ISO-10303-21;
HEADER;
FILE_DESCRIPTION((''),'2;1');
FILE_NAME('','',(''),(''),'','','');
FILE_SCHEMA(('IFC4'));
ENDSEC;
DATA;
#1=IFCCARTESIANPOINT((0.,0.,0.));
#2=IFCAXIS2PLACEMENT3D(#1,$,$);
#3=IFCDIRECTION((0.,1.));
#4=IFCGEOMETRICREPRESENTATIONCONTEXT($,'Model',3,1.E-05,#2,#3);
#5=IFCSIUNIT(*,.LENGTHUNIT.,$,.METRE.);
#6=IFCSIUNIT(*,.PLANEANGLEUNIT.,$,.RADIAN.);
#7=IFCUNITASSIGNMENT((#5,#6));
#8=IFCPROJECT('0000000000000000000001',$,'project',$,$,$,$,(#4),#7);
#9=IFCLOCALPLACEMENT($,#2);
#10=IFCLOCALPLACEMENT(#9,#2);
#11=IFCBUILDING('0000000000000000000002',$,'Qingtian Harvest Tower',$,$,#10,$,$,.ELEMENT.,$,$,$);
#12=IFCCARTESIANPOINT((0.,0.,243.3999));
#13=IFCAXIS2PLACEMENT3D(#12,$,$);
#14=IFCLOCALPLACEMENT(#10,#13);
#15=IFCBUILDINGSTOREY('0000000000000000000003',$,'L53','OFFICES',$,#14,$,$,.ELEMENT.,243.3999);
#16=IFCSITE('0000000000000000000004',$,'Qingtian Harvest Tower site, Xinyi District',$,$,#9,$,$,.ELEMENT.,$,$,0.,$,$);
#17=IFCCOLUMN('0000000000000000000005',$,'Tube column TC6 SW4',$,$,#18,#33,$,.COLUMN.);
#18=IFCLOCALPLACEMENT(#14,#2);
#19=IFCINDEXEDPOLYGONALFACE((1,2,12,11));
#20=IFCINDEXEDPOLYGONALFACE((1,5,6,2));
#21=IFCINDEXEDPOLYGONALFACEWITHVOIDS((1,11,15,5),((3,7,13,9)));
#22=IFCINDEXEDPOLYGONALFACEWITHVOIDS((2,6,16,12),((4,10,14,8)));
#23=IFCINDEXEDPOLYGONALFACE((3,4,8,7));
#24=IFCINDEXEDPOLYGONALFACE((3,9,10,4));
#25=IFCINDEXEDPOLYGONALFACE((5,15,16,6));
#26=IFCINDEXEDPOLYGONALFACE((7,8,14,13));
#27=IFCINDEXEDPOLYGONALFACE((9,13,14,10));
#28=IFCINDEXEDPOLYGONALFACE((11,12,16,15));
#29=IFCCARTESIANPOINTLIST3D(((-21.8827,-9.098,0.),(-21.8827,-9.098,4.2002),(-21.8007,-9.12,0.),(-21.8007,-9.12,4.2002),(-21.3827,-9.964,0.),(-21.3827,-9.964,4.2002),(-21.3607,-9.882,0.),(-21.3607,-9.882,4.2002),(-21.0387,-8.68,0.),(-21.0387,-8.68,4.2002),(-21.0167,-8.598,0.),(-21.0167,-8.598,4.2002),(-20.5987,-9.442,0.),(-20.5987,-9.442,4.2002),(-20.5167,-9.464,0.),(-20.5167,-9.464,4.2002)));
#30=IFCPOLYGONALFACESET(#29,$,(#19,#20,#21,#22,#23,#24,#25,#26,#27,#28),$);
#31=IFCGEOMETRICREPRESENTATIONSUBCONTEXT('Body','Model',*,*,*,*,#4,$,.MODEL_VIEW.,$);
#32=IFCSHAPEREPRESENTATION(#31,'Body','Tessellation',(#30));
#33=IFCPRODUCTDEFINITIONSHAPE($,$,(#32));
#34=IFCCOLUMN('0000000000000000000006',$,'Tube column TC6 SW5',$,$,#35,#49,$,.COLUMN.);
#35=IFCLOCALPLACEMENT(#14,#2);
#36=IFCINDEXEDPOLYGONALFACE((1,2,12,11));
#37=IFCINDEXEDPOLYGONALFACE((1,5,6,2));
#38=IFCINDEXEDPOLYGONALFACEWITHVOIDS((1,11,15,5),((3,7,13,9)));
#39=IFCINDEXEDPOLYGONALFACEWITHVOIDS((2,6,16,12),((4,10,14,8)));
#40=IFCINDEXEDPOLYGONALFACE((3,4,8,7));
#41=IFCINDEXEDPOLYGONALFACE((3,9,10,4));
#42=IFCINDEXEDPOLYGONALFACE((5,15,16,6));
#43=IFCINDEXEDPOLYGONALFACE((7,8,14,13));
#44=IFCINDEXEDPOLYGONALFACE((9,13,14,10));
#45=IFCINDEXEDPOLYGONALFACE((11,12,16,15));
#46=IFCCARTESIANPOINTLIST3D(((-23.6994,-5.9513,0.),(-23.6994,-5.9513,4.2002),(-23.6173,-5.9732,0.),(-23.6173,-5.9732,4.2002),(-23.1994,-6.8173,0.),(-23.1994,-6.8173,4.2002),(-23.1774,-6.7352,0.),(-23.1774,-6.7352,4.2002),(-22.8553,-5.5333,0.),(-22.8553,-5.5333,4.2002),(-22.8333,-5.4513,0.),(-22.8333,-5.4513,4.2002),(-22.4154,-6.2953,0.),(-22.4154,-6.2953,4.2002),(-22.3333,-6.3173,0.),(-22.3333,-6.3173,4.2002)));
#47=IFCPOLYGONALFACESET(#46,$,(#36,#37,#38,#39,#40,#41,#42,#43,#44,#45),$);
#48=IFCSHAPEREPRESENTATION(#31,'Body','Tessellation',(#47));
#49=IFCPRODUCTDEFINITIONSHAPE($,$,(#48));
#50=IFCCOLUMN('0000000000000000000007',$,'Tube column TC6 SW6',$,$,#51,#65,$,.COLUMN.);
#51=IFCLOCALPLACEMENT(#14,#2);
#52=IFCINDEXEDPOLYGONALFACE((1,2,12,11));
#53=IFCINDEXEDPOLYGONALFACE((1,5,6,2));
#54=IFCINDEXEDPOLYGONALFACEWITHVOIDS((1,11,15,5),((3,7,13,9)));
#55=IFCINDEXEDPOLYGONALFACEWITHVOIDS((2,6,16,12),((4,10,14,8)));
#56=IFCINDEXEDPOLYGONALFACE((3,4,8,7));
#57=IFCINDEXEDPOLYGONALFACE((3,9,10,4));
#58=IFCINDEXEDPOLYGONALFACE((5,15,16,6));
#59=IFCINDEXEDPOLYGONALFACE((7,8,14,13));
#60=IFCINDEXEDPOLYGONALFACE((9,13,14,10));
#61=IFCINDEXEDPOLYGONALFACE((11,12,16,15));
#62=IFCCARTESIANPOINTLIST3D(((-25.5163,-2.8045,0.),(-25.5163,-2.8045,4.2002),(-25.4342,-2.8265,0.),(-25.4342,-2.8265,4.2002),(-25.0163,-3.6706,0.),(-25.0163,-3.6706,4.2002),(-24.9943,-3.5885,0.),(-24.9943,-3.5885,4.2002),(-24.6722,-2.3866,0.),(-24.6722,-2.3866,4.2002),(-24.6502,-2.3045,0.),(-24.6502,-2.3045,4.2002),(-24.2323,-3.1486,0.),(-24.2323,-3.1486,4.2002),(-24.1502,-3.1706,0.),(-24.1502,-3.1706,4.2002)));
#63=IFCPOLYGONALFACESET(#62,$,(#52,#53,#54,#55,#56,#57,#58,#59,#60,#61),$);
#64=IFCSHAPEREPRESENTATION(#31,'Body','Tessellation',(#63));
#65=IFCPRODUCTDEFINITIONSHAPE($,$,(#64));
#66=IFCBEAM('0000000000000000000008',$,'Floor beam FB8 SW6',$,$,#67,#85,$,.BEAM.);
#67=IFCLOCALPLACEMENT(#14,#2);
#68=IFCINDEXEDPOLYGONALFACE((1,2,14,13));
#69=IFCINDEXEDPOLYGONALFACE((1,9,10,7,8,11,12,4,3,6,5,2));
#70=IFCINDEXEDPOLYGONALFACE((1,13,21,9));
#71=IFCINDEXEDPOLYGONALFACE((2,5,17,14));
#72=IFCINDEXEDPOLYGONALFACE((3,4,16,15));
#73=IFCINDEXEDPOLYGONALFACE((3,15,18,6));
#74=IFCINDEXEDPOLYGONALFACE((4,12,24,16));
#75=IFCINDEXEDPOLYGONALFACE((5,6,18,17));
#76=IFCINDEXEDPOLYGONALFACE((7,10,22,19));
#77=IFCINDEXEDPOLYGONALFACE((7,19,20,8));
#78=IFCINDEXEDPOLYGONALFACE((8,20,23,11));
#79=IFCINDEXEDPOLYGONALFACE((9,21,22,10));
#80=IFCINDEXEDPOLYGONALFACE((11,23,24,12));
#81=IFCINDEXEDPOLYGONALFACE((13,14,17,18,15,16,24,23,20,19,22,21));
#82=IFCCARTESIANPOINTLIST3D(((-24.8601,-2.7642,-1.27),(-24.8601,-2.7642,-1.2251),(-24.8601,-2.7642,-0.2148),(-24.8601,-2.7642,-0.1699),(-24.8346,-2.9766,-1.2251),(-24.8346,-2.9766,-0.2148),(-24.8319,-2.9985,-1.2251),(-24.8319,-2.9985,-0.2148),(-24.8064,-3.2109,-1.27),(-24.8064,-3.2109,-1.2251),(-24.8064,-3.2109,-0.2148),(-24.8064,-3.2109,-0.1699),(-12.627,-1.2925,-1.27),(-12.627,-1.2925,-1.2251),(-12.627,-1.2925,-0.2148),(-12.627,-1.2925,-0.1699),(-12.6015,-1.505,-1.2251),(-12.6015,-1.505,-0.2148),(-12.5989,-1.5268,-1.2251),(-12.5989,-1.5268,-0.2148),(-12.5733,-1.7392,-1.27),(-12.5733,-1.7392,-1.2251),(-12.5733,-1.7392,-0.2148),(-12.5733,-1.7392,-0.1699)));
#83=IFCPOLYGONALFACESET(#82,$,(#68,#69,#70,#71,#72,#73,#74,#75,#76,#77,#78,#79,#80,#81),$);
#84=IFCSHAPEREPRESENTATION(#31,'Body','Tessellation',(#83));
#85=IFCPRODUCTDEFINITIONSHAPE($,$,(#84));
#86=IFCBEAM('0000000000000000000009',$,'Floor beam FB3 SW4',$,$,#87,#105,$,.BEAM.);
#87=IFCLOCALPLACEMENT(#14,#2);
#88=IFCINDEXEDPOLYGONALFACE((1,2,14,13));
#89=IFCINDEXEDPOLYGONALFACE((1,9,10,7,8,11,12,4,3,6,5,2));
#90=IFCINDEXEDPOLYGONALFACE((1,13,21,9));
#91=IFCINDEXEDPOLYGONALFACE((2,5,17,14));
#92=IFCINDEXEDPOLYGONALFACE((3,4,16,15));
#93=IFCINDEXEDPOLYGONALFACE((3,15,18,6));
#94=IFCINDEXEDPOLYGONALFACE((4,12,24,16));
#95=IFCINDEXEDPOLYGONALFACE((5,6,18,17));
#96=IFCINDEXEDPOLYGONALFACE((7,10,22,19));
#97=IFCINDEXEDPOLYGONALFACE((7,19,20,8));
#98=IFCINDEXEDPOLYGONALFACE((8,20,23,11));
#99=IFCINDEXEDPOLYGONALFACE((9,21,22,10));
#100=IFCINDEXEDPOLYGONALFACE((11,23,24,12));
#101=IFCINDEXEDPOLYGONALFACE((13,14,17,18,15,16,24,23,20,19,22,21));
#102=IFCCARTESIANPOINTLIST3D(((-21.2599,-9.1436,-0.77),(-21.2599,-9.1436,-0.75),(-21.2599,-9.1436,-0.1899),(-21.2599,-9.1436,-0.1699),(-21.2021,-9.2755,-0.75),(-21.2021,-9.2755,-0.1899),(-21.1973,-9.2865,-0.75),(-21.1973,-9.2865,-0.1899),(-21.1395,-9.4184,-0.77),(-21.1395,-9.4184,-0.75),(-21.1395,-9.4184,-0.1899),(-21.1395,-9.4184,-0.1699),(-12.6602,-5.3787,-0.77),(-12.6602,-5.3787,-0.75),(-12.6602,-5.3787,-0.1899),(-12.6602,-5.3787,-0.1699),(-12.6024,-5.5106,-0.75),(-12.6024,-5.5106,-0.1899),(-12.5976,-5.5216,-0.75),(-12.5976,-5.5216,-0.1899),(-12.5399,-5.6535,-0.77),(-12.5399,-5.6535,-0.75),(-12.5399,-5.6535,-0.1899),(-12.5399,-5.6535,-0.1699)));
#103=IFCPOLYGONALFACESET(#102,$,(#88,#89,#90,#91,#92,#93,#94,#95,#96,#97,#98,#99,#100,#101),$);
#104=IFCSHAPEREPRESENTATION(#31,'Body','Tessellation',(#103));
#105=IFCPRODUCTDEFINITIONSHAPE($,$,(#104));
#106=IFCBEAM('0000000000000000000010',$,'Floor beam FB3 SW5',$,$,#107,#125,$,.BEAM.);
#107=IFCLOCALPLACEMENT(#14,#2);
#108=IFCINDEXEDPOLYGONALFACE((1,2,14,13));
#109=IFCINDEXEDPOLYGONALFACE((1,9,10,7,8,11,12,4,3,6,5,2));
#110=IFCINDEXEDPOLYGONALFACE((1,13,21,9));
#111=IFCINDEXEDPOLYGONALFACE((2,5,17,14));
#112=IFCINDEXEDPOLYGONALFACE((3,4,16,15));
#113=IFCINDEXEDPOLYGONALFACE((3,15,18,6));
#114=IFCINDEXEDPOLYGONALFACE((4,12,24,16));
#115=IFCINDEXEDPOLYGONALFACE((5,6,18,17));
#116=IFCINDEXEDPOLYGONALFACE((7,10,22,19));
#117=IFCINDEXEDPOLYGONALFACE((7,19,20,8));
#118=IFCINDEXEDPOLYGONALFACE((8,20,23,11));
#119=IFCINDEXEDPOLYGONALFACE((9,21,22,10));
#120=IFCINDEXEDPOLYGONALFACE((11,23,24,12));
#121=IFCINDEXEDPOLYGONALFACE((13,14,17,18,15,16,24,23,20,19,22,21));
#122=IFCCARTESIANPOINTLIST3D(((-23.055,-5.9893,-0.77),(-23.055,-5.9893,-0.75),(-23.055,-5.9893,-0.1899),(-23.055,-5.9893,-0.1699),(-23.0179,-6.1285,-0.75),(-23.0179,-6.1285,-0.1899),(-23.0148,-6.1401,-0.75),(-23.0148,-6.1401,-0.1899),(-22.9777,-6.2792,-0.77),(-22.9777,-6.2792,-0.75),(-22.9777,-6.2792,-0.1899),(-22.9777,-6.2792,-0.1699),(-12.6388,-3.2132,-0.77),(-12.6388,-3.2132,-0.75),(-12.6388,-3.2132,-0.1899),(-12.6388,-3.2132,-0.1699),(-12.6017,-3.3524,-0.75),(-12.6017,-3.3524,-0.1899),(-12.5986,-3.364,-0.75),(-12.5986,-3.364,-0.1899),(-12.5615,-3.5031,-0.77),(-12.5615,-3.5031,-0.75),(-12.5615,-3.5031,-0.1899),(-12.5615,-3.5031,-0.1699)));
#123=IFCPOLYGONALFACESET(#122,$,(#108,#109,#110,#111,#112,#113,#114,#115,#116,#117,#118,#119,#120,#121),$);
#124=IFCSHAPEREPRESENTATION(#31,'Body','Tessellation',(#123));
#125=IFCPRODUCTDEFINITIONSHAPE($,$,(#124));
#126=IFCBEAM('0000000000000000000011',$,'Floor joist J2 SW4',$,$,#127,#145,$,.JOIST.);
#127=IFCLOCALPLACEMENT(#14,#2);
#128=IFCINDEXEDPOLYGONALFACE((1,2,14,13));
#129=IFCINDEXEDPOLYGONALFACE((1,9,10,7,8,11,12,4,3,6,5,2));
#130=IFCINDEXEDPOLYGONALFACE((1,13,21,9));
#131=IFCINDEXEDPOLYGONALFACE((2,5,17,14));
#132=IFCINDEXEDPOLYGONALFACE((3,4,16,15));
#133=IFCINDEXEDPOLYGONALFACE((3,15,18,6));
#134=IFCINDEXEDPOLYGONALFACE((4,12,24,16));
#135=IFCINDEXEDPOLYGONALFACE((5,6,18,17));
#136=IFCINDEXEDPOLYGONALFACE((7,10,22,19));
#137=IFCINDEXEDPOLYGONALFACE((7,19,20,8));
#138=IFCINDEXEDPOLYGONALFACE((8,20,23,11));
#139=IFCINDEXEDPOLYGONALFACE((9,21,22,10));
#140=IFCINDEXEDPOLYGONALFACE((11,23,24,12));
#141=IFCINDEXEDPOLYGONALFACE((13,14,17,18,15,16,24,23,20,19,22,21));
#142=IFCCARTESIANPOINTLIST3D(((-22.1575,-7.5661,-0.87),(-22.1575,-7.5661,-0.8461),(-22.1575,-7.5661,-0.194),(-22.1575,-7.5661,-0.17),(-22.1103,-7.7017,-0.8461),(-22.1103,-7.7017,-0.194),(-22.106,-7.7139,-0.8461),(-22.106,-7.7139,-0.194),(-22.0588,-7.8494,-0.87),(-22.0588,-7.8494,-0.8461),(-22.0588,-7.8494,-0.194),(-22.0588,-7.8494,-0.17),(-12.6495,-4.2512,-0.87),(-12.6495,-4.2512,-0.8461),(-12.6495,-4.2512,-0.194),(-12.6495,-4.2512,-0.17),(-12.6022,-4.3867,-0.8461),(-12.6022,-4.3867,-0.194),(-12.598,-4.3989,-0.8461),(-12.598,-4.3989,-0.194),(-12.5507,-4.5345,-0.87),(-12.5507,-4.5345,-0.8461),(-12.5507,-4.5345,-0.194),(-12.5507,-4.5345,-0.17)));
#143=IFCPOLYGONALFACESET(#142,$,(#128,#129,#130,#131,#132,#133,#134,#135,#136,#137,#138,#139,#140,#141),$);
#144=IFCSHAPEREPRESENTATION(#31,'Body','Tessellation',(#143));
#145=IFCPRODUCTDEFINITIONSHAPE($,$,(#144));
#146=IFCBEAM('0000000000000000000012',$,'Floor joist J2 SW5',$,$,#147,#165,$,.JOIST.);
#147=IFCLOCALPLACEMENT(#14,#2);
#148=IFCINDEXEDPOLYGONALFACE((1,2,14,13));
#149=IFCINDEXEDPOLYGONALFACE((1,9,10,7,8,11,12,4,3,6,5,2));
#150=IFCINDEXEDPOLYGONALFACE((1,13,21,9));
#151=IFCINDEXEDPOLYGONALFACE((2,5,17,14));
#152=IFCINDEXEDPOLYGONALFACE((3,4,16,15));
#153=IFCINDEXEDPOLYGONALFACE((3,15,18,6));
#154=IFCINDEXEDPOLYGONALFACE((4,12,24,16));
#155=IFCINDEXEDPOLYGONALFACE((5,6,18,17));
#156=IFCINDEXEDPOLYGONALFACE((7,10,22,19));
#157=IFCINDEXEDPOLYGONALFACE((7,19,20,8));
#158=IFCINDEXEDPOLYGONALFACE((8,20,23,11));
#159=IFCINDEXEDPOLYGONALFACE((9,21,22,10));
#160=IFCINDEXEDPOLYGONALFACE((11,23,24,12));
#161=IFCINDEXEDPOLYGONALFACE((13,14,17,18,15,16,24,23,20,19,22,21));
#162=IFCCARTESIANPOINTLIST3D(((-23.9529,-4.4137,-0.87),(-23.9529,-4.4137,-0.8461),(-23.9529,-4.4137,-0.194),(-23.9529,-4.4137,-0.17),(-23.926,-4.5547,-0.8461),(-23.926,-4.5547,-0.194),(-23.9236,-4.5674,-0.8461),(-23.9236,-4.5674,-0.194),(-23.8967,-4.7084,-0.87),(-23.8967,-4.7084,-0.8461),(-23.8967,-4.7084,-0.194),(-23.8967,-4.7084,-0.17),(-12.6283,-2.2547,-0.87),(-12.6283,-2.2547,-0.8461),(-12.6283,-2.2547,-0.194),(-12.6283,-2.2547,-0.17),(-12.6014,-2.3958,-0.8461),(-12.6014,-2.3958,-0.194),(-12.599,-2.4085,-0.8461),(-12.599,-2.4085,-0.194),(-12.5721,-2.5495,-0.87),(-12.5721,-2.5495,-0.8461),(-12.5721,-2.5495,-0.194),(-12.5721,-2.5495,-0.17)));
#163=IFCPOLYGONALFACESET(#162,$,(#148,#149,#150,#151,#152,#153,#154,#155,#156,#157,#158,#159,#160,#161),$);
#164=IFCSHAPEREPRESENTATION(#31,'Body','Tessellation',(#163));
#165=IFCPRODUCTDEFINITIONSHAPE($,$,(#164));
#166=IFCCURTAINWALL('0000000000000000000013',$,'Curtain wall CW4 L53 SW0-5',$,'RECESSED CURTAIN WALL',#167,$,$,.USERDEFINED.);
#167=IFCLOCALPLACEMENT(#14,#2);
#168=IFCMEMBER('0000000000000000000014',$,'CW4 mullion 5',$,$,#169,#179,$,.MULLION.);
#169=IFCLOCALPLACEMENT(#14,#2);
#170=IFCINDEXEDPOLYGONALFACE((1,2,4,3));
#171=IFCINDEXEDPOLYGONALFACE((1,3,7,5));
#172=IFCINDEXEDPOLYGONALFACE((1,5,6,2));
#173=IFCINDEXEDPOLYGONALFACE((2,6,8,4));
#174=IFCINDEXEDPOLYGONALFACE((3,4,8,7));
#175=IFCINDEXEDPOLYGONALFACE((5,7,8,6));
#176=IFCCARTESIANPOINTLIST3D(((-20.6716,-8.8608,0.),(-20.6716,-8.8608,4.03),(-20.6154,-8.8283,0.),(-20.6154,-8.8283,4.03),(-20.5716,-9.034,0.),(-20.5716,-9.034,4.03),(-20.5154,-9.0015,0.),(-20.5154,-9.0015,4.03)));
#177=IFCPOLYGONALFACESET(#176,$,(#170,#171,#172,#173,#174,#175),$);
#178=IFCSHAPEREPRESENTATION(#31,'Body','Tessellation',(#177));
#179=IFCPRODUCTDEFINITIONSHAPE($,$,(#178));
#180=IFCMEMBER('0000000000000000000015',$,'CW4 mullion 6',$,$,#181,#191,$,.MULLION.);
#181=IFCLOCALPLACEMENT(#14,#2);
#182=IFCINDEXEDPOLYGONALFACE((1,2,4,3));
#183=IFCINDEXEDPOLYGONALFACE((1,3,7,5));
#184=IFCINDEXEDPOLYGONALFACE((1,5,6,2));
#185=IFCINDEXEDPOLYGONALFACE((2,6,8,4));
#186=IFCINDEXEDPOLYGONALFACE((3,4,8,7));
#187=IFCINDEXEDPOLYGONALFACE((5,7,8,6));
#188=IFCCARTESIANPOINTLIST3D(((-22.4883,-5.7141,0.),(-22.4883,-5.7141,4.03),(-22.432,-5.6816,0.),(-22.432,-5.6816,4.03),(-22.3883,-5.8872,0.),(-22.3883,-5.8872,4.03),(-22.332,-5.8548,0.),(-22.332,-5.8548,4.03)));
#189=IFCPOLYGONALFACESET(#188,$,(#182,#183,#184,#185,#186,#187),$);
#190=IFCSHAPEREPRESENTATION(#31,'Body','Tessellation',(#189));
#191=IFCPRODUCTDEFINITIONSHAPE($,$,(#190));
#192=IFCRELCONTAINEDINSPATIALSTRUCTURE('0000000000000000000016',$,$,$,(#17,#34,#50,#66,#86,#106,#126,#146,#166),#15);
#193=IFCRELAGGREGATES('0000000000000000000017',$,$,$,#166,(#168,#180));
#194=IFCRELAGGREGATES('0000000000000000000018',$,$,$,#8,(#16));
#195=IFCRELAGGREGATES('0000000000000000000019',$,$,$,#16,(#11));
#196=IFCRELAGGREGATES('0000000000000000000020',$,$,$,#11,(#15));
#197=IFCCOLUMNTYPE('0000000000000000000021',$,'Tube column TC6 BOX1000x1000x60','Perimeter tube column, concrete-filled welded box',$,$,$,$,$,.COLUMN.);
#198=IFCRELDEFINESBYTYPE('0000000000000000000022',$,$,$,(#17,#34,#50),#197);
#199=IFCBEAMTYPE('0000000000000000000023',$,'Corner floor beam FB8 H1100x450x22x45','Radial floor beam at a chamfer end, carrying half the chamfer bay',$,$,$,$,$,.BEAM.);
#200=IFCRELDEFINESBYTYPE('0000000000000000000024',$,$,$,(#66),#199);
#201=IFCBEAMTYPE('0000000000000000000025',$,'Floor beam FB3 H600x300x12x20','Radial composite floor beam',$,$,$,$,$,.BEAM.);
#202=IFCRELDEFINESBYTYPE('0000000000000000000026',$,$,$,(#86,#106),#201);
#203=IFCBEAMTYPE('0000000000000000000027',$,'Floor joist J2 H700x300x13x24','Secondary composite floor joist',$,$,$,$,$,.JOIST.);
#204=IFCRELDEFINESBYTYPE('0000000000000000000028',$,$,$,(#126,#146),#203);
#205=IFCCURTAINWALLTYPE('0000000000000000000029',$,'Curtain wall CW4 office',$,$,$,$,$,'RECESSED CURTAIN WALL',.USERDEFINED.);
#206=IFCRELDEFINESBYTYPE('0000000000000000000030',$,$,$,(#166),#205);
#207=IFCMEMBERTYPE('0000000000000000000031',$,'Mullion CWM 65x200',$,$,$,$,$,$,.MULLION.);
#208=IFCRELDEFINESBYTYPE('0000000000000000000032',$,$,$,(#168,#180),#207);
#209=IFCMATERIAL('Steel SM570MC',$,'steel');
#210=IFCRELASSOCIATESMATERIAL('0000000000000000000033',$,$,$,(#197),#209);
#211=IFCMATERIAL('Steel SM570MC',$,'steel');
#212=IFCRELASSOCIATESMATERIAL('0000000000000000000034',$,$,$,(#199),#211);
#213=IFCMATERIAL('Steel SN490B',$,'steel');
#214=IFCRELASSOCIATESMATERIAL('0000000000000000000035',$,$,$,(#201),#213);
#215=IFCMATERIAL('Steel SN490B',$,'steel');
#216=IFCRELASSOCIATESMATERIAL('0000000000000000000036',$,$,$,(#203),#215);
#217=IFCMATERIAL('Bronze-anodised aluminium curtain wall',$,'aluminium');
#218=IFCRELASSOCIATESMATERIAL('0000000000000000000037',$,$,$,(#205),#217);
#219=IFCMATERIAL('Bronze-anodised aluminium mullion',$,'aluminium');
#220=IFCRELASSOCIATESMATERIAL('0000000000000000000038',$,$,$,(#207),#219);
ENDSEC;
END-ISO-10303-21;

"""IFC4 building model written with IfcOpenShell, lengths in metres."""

from ifc_helpers import new_model, si_unit, direction, frame, origin, origin_2d, place, context, subcontext, project, spatial, rectangle, hollow_rectangle, i_section, extrude, material, material_profile, profile_set, type_object, element, aggregate, save


model = new_model("IFC4")

# Units and contexts
model_context = context("Model", 3, precision=1e-05, world=origin(), true_north=direction((0.0, 1.0)))
body_context = subcontext(model_context, "Body", "Model", "MODEL_VIEW")
ifc_project = project(units=[si_unit("LENGTHUNIT", "METRE"), si_unit("PLANEANGLEUNIT", "RADIAN")], contexts=[model_context])

# Site, building, storey
site_placement = place(None, origin())
site = spatial("IfcSite", under=ifc_project, at=site_placement, Name="Qingtian Harvest Tower site, Xinyi District", CompositionType="ELEMENT", RefElevation=0.0)
building_placement = place(site_placement, origin())
building = spatial("IfcBuilding", under=site, at=building_placement, Name="Qingtian Harvest Tower", CompositionType="ELEMENT")
storey_placement = place(building_placement, frame((0.0, 0.0, 243.3999)))
storey = spatial("IfcBuildingStorey", under=building, at=storey_placement, Name="L53", Description="OFFICES", CompositionType="ELEMENT", Elevation=243.3999)

# Columns
ifc_material_1 = material(Name="Steel SM570MC", Category="steel")
ifc_material_profile_1 = material_profile(ifc_material_1, hollow_rectangle(XDim=1.0, YDim=1.0, WallThickness=0.0601, at=origin_2d()), Name="BOX1000x1000x60")
ifc_profile_set_1 = profile_set([ifc_material_profile_1], Name="Steel SM570MC")
column_type = type_object("IfcColumnType", Name="Tube column TC6 BOX1000x1000x60", Description="Perimeter tube column, concrete-filled welded box", PredefinedType="COLUMN", material=ifc_profile_set_1)
for number, where, z_axis, x_axis, name in (
    (1, (-21.1997, -9.281, 0.0), (0.0, 0.0, 1.0), (0.5, -0.866025, 0.0), "Tube column TC6 SW4"),
    (2, (-23.0164, -6.1343, 0.0), (0.0, 0.0, 1.0), (0.5, -0.866025, 0.0), "Tube column TC6 SW5"),
    (3, (-24.8333, -2.9875, 0.0), (0.0, 0.0, 1.0), (0.5, -0.866025, 0.0), "Tube column TC6 SW6"),
):
    element("IfcColumn", number, at=place(storey_placement, frame(where, z_axis=z_axis, x_axis=x_axis)), inside=storey, type_object=column_type, Name=name, PredefinedType="COLUMN", context=body_context, shape_type="SweptSolid", body=[
        extrude(hollow_rectangle(XDim=1.0, YDim=1.0, WallThickness=0.0601, at=origin_2d()), origin(), (0.0, 0.0, 1.0), 4.2002),
    ])

# Beams
ifc_material_2 = material(Name="Steel SM570MC", Category="steel")
ifc_material_profile_2 = material_profile(ifc_material_2, i_section(OverallWidth=0.45, OverallDepth=1.1001, WebThickness=0.022, FlangeThickness=0.0449, at=origin_2d()), Name="H1100x450x22x45")
ifc_profile_set_2 = profile_set([ifc_material_profile_2], Name="Steel SM570MC")
beam_type_1 = type_object("IfcBeamType", Name="Corner floor beam FB8 H1100x450x22x45", Description="Radial floor beam at a chamfer end, carrying half the chamfer bay", PredefinedType="BEAM", material=ifc_profile_set_2)
beam_1_placement = place(storey_placement, frame((-24.8333, -2.9875, -0.72), z_axis=(0.992841, 0.119441, 0.0), x_axis=(-0.119441, 0.992841, 0.0)))
element("IfcBeam", 4, at=beam_1_placement, inside=storey, type_object=beam_type_1, Name="Floor beam FB8 SW6", PredefinedType="BEAM", context=body_context, shape_type="SweptSolid", body=[
    extrude(i_section(OverallWidth=0.45, OverallDepth=1.1001, WebThickness=0.022, FlangeThickness=0.0449, at=origin_2d()), origin(), (0.0, 0.0, 1.0), 12.3213),
])
ifc_material_3 = material(Name="Steel SN490B", Category="steel")
ifc_material_profile_3 = material_profile(ifc_material_3, i_section(OverallWidth=0.3, OverallDepth=0.6001, WebThickness=0.012, FlangeThickness=0.02, at=origin_2d()), Name="H600x300x12x20")
ifc_profile_set_3 = profile_set([ifc_material_profile_3], Name="Steel SN490B")
beam_type_2 = type_object("IfcBeamType", Name="Floor beam FB3 H600x300x12x20", Description="Radial composite floor beam", PredefinedType="BEAM", material=ifc_profile_set_3)
beam_2_placement = place(storey_placement, frame((-21.1997, -9.281, -0.47), z_axis=(0.916057, 0.401048, 0.0), x_axis=(-0.401048, 0.916057, 0.0)))
element("IfcBeam", 5, at=beam_2_placement, inside=storey, type_object=beam_type_2, Name="Floor beam FB3 SW4", PredefinedType="BEAM", context=body_context, shape_type="SweptSolid", body=[
    extrude(i_section(OverallWidth=0.3, OverallDepth=0.6001, WebThickness=0.012, FlangeThickness=0.02, at=origin_2d()), origin(), (0.0, 0.0, 1.0), 9.3877),
])
beam_3_placement = place(storey_placement, frame((-23.0164, -6.1343, -0.47), z_axis=(0.966271, 0.257529, 0.0), x_axis=(-0.257529, 0.966271, 0.0)))
element("IfcBeam", 6, at=beam_3_placement, inside=storey, type_object=beam_type_2, Name="Floor beam FB3 SW5", PredefinedType="BEAM", context=body_context, shape_type="SweptSolid", body=[
    extrude(i_section(OverallWidth=0.3, OverallDepth=0.6001, WebThickness=0.012, FlangeThickness=0.02, at=origin_2d()), origin(), (0.0, 0.0, 1.0), 10.7798),
])
ifc_material_4 = material(Name="Steel SN490B", Category="steel")
ifc_material_profile_4 = material_profile(ifc_material_4, i_section(OverallWidth=0.3, OverallDepth=0.7, WebThickness=0.0129, FlangeThickness=0.0239, at=origin_2d()), Name="H700x300x13x24")
ifc_profile_set_4 = profile_set([ifc_material_profile_4], Name="Steel SN490B")
beam_type_3 = type_object("IfcBeamType", Name="Floor joist J2 H700x300x13x24", Description="Secondary composite floor joist", PredefinedType="JOIST", material=ifc_profile_set_4)
beam_4_placement = place(storey_placement, frame((-22.1082, -7.7078, -0.52), z_axis=(0.944256, 0.329211, 0.0), x_axis=(-0.329211, 0.944256, 0.0)))
element("IfcBeam", 7, at=beam_4_placement, inside=storey, type_object=beam_type_3, Name="Floor joist J2 SW4", PredefinedType="JOIST", context=body_context, shape_type="SweptSolid", body=[
    extrude(i_section(OverallWidth=0.3, OverallDepth=0.7, WebThickness=0.0129, FlangeThickness=0.0239, at=origin_2d()), origin(), (0.0, 0.0, 1.0), 10.0693),
])
beam_5_placement = place(storey_placement, frame((-23.9248, -4.561, -0.52), z_axis=(0.982309, 0.187267, 0.0), x_axis=(-0.187267, 0.982309, 0.0)))
element("IfcBeam", 8, at=beam_5_placement, inside=storey, type_object=beam_type_3, Name="Floor joist J2 SW5", PredefinedType="JOIST", context=body_context, shape_type="SweptSolid", body=[
    extrude(i_section(OverallWidth=0.3, OverallDepth=0.7, WebThickness=0.0129, FlangeThickness=0.0239, at=origin_2d()), origin(), (0.0, 0.0, 1.0), 11.5286),
])

# Curtain wall, members
ifc_material_5 = material(Name="Bronze-anodised aluminium curtain wall", Category="aluminium")
curtain_wall_type = type_object("IfcCurtainWallType", Name="Curtain wall CW4 office", ElementType="RECESSED CURTAIN WALL", PredefinedType="USERDEFINED", material=ifc_material_5)
curtain_wall_1_placement = place(storey_placement, origin())
curtain_wall_1 = element("IfcCurtainWall", 9, at=curtain_wall_1_placement, inside=storey, type_object=curtain_wall_type, Name="Curtain wall CW4 L53 SW0-5", ObjectType="RECESSED CURTAIN WALL", PredefinedType="USERDEFINED")
ifc_material_6 = material(Name="Bronze-anodised aluminium mullion", Category="aluminium")
ifc_material_profile_5 = material_profile(ifc_material_6, rectangle(XDim=0.0649, YDim=0.2, at=origin_2d()), Name="AL 65x200")
ifc_profile_set_5 = profile_set([ifc_material_profile_5], Name="Bronze-anodised aluminium mullion")
member_type_1 = type_object("IfcMemberType", Name="Mullion CWM 65x200", PredefinedType="MULLION", material=ifc_profile_set_5)
member_1_placement = place(storey_placement, frame((-20.5935, -8.9312, 0.0), z_axis=(0.0, 0.0, 1.0), x_axis=(-0.866025, -0.5, 0.0)))
member_1 = element("IfcMember", 10, at=member_1_placement, type_object=member_type_1, Name="CW4 mullion 5", PredefinedType="MULLION", context=body_context, shape_type="SweptSolid", body=[
    extrude(rectangle(XDim=0.0649, YDim=0.2, at=origin_2d()), origin(), (0.0, 0.0, 1.0), 4.03),
])
member_2_placement = place(storey_placement, frame((-22.4102, -5.7844, 0.0), z_axis=(0.0, 0.0, 1.0), x_axis=(-0.866025, -0.5, 0.0)))
member_2 = element("IfcMember", 11, at=member_2_placement, type_object=member_type_1, Name="CW4 mullion 6", PredefinedType="MULLION", context=body_context, shape_type="SweptSolid", body=[
    extrude(rectangle(XDim=0.0649, YDim=0.2, at=origin_2d()), origin(), (0.0, 0.0, 1.0), 4.03),
])

aggregate(curtain_wall_1, [member_1, member_2])

save(model, "model.ifc")
